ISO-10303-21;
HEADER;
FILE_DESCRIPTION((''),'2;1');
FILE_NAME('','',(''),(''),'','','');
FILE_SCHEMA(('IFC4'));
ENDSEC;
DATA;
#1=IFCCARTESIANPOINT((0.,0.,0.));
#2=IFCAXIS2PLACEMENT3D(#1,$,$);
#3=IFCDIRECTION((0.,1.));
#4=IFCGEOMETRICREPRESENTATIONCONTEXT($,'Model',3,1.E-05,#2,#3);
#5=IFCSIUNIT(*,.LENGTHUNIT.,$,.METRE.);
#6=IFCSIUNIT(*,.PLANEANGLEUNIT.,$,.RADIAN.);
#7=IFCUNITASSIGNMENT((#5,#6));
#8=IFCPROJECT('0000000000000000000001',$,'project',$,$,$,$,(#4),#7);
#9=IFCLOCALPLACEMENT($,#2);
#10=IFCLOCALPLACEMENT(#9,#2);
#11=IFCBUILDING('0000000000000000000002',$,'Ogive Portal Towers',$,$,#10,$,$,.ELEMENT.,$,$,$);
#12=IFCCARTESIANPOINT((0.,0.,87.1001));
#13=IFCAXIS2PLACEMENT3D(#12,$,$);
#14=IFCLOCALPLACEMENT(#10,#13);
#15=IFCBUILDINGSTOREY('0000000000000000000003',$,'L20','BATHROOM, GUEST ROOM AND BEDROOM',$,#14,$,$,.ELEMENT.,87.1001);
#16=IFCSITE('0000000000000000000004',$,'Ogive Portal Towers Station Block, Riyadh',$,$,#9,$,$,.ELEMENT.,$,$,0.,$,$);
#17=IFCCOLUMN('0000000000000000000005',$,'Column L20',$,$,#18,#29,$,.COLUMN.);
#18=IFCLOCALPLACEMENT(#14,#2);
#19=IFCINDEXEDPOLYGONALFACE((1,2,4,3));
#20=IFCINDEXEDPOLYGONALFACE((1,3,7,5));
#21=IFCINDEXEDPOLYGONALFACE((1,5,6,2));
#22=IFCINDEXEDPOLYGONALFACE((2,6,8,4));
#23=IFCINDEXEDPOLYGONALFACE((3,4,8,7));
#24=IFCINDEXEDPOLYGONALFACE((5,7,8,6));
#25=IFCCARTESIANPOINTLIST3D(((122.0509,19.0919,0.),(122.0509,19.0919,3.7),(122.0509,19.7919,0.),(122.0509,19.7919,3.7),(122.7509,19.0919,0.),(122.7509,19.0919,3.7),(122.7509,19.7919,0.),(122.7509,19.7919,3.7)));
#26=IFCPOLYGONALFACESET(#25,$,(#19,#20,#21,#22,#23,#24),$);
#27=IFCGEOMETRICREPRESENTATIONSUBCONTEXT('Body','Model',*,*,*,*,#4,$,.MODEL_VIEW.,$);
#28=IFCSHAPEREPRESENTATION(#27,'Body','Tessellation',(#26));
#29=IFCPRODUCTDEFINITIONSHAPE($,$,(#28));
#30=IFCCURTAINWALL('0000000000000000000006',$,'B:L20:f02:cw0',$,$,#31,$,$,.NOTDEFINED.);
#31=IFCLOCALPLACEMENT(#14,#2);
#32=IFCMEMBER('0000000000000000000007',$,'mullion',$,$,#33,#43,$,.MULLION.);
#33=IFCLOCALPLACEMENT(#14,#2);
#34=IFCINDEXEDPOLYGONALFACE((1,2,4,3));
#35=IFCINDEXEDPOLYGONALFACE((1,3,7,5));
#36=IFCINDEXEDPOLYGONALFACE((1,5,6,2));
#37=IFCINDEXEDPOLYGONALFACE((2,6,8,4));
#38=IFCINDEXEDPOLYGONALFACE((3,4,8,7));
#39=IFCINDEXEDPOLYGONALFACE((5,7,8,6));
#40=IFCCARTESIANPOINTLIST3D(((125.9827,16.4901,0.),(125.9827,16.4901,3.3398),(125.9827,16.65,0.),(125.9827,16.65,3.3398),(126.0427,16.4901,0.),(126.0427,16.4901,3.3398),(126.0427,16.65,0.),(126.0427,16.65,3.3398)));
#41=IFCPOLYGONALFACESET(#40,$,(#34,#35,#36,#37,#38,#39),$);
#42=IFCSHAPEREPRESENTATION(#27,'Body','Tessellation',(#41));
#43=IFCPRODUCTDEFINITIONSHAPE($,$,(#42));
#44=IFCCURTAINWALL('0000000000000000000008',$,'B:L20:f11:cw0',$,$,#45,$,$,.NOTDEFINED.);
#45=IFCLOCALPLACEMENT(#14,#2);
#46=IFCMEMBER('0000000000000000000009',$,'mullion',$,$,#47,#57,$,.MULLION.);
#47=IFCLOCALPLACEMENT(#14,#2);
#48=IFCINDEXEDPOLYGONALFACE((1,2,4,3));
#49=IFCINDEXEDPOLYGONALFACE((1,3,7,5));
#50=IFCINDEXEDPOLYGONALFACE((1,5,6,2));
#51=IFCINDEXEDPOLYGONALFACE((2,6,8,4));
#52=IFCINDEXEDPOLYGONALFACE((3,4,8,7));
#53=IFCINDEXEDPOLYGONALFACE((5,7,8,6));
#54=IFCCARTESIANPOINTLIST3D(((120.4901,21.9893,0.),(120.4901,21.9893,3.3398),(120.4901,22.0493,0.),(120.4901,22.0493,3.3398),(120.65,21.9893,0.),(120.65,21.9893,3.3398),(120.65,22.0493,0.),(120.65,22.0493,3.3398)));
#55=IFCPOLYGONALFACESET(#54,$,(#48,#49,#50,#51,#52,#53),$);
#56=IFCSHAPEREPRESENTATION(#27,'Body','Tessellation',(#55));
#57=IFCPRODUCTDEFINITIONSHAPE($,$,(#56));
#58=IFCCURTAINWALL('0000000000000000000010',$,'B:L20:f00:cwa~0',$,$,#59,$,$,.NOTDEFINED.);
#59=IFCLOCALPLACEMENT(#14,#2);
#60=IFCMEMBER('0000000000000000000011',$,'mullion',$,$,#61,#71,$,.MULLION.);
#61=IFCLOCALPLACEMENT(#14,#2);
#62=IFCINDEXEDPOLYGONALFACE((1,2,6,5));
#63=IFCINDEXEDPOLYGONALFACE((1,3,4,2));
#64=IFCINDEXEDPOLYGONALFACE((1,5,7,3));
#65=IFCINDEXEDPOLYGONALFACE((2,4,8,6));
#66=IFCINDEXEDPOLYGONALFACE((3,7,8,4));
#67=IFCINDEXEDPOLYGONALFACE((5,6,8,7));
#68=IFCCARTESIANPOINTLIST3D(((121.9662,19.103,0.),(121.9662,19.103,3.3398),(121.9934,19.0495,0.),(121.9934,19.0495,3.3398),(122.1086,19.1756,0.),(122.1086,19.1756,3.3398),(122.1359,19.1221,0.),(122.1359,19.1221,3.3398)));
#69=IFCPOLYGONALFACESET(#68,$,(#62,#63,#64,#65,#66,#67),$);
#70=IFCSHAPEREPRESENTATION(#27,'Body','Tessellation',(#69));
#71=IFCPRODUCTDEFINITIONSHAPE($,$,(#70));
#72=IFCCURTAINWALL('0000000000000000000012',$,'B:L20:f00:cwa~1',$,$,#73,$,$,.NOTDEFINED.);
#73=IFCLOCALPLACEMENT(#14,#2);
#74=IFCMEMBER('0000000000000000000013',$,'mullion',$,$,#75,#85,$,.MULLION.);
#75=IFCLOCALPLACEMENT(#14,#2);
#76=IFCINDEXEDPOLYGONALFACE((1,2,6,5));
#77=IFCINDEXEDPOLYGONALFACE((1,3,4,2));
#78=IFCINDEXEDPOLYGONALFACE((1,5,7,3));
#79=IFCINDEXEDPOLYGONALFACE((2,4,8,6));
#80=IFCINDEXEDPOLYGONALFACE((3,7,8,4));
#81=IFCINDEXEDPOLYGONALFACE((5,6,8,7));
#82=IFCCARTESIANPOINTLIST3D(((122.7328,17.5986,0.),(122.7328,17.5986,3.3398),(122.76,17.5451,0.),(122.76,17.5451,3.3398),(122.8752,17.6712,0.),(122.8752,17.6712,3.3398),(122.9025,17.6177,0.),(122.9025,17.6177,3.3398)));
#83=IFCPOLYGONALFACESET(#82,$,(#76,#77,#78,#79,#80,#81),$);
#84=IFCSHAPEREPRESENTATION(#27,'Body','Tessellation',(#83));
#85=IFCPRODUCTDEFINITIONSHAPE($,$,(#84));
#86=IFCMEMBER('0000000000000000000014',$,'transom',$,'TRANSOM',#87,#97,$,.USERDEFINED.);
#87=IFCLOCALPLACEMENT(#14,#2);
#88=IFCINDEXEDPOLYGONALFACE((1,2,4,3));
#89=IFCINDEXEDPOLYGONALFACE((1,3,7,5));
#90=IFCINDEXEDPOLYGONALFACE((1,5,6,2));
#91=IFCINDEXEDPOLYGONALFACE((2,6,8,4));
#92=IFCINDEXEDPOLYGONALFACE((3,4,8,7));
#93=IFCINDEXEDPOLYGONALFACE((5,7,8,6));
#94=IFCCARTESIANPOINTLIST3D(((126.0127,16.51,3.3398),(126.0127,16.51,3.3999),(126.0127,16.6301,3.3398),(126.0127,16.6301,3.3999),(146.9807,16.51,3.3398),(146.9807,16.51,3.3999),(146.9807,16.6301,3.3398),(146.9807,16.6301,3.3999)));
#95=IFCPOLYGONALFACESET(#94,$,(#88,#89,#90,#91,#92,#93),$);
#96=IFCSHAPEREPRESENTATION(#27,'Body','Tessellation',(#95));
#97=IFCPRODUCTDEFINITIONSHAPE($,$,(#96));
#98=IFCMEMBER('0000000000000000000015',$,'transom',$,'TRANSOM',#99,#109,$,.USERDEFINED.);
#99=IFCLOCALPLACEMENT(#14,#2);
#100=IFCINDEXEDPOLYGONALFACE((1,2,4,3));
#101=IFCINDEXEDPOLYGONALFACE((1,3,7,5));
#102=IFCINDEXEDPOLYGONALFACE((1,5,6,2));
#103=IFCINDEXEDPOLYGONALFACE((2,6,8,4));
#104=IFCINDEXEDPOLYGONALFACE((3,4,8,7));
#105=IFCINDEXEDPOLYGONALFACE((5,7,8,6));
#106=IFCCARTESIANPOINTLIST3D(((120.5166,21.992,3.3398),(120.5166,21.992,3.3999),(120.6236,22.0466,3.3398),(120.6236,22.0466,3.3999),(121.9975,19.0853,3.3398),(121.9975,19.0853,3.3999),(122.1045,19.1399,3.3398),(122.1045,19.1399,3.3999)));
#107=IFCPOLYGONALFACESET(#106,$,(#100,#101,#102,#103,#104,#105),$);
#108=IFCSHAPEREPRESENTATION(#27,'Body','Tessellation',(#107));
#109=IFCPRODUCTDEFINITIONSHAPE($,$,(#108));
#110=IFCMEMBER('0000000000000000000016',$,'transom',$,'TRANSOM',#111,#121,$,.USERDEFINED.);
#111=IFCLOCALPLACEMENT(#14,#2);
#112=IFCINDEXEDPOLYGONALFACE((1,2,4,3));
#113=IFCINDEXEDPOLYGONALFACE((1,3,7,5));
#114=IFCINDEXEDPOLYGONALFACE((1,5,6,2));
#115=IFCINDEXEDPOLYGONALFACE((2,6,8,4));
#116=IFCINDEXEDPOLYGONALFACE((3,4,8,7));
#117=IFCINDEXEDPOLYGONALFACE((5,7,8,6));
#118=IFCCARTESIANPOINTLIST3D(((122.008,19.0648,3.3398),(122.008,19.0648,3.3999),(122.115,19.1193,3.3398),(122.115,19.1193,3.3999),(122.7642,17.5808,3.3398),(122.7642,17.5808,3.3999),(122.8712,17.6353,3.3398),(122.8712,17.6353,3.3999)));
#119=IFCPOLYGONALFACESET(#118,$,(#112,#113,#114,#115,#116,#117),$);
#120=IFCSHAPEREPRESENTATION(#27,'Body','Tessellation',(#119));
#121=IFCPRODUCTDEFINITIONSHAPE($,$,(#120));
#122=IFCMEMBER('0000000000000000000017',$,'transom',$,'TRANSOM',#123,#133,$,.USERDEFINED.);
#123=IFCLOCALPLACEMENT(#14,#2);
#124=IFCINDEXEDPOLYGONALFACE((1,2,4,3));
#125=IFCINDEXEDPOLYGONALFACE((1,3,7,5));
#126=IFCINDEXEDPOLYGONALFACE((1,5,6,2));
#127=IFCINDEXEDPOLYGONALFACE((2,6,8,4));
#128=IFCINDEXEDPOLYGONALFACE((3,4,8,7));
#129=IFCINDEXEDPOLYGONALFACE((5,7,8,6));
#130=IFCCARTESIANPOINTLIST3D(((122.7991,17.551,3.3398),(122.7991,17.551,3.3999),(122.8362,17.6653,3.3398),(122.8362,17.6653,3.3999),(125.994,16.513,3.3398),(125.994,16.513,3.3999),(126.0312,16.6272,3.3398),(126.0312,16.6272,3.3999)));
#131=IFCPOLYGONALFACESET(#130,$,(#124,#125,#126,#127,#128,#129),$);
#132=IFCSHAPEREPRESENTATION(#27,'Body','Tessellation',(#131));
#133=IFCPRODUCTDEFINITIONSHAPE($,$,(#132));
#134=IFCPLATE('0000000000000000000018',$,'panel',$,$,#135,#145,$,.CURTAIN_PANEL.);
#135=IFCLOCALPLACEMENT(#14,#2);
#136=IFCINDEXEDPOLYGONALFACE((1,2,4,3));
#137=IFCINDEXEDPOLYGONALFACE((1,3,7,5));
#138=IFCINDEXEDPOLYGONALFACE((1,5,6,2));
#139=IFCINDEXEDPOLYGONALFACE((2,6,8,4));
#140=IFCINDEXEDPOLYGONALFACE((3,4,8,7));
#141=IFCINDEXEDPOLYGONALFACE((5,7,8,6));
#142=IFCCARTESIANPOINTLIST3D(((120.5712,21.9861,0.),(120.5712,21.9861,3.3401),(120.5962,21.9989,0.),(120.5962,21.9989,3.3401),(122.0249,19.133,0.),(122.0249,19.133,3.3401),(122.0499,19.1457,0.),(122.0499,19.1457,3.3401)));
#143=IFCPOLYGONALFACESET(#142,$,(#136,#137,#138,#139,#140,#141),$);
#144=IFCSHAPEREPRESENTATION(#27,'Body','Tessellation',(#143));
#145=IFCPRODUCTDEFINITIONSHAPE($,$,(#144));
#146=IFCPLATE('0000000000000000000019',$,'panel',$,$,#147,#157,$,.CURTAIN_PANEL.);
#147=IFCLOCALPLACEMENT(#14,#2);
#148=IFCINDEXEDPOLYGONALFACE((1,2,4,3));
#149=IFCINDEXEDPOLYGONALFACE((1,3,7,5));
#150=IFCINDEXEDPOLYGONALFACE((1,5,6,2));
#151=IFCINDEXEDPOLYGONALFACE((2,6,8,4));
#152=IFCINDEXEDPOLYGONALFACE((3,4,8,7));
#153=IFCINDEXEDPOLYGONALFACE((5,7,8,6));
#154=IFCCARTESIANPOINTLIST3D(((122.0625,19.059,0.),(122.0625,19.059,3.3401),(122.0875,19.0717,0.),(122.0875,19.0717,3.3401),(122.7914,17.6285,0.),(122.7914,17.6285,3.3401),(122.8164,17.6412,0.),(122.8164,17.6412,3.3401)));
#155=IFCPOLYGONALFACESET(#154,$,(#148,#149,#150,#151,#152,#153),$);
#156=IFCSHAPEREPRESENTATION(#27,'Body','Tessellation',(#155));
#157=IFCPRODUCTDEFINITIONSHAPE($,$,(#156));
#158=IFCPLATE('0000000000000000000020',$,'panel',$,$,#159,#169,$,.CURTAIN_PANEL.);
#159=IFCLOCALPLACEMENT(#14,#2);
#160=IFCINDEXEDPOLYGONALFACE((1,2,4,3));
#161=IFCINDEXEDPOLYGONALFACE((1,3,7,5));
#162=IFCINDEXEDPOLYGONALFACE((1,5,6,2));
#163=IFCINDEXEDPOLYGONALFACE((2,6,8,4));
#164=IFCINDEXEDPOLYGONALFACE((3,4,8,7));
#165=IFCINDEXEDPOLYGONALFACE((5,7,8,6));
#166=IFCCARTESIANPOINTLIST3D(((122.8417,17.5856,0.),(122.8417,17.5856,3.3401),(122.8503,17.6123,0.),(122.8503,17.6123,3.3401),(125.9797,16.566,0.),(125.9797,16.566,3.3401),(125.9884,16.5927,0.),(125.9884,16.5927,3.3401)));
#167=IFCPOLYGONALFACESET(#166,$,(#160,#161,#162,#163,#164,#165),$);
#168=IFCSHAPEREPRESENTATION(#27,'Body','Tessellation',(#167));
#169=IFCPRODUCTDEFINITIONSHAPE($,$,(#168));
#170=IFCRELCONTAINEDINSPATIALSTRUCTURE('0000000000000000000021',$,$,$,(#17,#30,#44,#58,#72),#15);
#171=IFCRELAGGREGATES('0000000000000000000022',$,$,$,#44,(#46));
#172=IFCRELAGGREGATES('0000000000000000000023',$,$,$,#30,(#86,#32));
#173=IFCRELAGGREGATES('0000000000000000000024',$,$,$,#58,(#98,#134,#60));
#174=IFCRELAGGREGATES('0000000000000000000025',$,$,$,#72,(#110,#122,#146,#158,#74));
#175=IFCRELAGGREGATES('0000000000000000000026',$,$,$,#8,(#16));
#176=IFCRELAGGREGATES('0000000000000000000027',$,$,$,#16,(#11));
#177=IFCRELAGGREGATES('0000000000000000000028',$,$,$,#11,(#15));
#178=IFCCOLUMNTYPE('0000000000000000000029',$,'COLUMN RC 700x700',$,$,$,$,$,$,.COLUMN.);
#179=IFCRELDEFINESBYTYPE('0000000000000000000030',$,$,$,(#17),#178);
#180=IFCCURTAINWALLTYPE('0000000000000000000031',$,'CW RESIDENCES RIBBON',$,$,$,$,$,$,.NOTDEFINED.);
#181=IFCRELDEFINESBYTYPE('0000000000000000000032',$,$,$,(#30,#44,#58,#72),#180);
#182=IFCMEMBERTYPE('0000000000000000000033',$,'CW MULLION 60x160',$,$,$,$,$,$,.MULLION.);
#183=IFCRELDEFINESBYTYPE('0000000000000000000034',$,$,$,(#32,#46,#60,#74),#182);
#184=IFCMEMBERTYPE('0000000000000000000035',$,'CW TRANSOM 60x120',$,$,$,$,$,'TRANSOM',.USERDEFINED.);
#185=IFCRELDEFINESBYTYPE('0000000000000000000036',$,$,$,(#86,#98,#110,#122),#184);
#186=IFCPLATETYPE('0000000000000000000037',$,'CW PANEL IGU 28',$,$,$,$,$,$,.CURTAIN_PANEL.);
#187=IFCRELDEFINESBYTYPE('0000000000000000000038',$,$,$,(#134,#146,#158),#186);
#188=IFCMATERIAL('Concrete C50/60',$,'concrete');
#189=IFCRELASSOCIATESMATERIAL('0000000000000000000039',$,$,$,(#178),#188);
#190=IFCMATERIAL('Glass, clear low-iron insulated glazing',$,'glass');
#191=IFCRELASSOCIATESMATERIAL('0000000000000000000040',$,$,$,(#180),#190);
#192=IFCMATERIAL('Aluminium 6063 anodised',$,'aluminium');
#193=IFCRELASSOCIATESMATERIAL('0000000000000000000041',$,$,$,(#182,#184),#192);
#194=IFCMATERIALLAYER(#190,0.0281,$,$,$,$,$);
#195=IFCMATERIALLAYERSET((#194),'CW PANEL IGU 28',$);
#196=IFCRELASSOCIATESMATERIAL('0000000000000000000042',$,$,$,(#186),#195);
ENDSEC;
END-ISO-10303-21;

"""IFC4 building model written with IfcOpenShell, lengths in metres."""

from ifc_helpers import new_model, si_unit, direction, frame, origin, origin_2d, place, context, subcontext, project, spatial, rectangle, extrude, material, layer, layer_set, material_profile, profile_set, type_object, element, aggregate, save


model = new_model("IFC4")

# Units and contexts
model_context = context("Model", 3, precision=1e-05, world=origin(), true_north=direction((0.0, 1.0)))
body_context = subcontext(model_context, "Body", "Model", "MODEL_VIEW")
ifc_project = project(units=[si_unit("LENGTHUNIT", "METRE"), si_unit("PLANEANGLEUNIT", "RADIAN")], contexts=[model_context])

# Site, building, storey
site_placement = place(None, origin())
site = spatial("IfcSite", under=ifc_project, at=site_placement, Name="Ogive Portal Towers Station Block, Riyadh", CompositionType="ELEMENT", RefElevation=0.0)
building_placement = place(site_placement, origin())
building = spatial("IfcBuilding", under=site, at=building_placement, Name="Ogive Portal Towers", CompositionType="ELEMENT")
storey_placement = place(building_placement, frame((0.0, 0.0, 87.1001)))
storey = spatial("IfcBuildingStorey", under=building, at=storey_placement, Name="L20", Description="BATHROOM, GUEST ROOM AND BEDROOM", CompositionType="ELEMENT", Elevation=87.1001)

# Column
ifc_material_1 = material(Name="Concrete C50/60", Category="concrete")
ifc_material_profile_1 = material_profile(ifc_material_1, rectangle(XDim=0.7, YDim=0.7, at=origin_2d()), Name="RC 700x700")
ifc_profile_set_1 = profile_set([ifc_material_profile_1], Name="Concrete C50/60")
column_type = type_object("IfcColumnType", Name="COLUMN RC 700x700", PredefinedType="COLUMN", material=ifc_profile_set_1)
column_placement = place(storey_placement, frame((122.4009, 19.4419, 0.0), z_axis=(0.0, 0.0, 1.0), x_axis=(1.0, 0.0, 0.0)))
element("IfcColumn", 1, at=column_placement, inside=storey, type_object=column_type, Name="Column L20", PredefinedType="COLUMN", context=body_context, shape_type="SweptSolid", body=[
    extrude(rectangle(XDim=0.7, YDim=0.7, at=origin_2d()), origin(), (0.0, 0.0, 1.0), 3.7),
])

# Curtain walls, members
ifc_material_2 = material(Name="Glass, clear low-iron insulated glazing", Category="glass")
curtain_wall_type = type_object("IfcCurtainWallType", Name="CW RESIDENCES RIBBON", PredefinedType="NOTDEFINED", material=ifc_material_2)
curtain_wall_1_placement = place(storey_placement, origin())
curtain_wall_1 = element("IfcCurtainWall", 2, at=curtain_wall_1_placement, inside=storey, type_object=curtain_wall_type, Name="B:L20:f02:cw0", PredefinedType="NOTDEFINED")
ifc_material_3 = material(Name="Aluminium 6063 anodised", Category="aluminium")
ifc_material_profile_2 = material_profile(ifc_material_3, rectangle(XDim=0.1599, YDim=0.0601, at=origin_2d()), Name="AL 60x160")
ifc_profile_set_2 = profile_set([ifc_material_profile_2], Name="Aluminium 6063 anodised")
member_type_1 = type_object("IfcMemberType", Name="CW MULLION 60x160", PredefinedType="MULLION", material=ifc_profile_set_2)
member_1_placement = place(storey_placement, frame((126.0127, 16.5701, 0.0), z_axis=(0.0, 0.0, 1.0), x_axis=(0.0, 1.0, 0.0)))
member_1 = element("IfcMember", 3, at=member_1_placement, type_object=member_type_1, Name="mullion", PredefinedType="MULLION", context=body_context, shape_type="SweptSolid", body=[
    extrude(rectangle(XDim=0.1599, YDim=0.0601, at=origin_2d()), origin(), (0.0, 0.0, 1.0), 3.3398),
])
curtain_wall_2_placement = place(storey_placement, origin())
curtain_wall_2 = element("IfcCurtainWall", 4, at=curtain_wall_2_placement, inside=storey, type_object=curtain_wall_type, Name="B:L20:f11:cw0", PredefinedType="NOTDEFINED")
member_2_placement = place(storey_placement, frame((120.5701, 22.0193, 0.0), z_axis=(0.0, 0.0, 1.0), x_axis=(1.0, 0.0, 0.0)))
member_2 = element("IfcMember", 5, at=member_2_placement, type_object=member_type_1, Name="mullion", PredefinedType="MULLION", context=body_context, shape_type="SweptSolid", body=[
    extrude(rectangle(XDim=0.1599, YDim=0.0601, at=origin_2d()), origin(), (0.0, 0.0, 1.0), 3.3398),
])
aggregate(curtain_wall_2, [member_2])
curtain_wall_3_placement = place(storey_placement, origin())
curtain_wall_3 = element("IfcCurtainWall", 6, at=curtain_wall_3_placement, inside=storey, type_object=curtain_wall_type, Name="B:L20:f00:cwa~0", PredefinedType="NOTDEFINED")
member_3_placement = place(storey_placement, frame((122.051, 19.1125, 0.0), z_axis=(0.0, 0.0, 1.0), x_axis=(0.891007, 0.45399, 0.0)))
member_3 = element("IfcMember", 7, at=member_3_placement, type_object=member_type_1, Name="mullion", PredefinedType="MULLION", context=body_context, shape_type="SweptSolid", body=[
    extrude(rectangle(XDim=0.1599, YDim=0.0601, at=origin_2d()), origin(), (0.0, 0.0, 1.0), 3.3398),
])
curtain_wall_4_placement = place(storey_placement, origin())
curtain_wall_4 = element("IfcCurtainWall", 8, at=curtain_wall_4_placement, inside=storey, type_object=curtain_wall_type, Name="B:L20:f00:cwa~1", PredefinedType="NOTDEFINED")
member_4_placement = place(storey_placement, frame((122.8176, 17.6082, 0.0), z_axis=(0.0, 0.0, 1.0), x_axis=(0.891007, 0.45399, 0.0)))
member_4 = element("IfcMember", 9, at=member_4_placement, type_object=member_type_1, Name="mullion", PredefinedType="MULLION", context=body_context, shape_type="SweptSolid", body=[
    extrude(rectangle(XDim=0.1599, YDim=0.0601, at=origin_2d()), origin(), (0.0, 0.0, 1.0), 3.3398),
])

# Members
ifc_material_profile_3 = material_profile(ifc_material_3, rectangle(XDim=0.1201, YDim=0.0601, at=origin_2d()), Name="AL 120x60")
ifc_profile_set_3 = profile_set([ifc_material_profile_3], Name="Aluminium 6063 anodised")
member_type_2 = type_object("IfcMemberType", Name="CW TRANSOM 60x120", ElementType="TRANSOM", PredefinedType="USERDEFINED", material=ifc_profile_set_3)
member_5_placement = place(storey_placement, frame((126.0127, 16.5701, 3.3699), z_axis=(1.0, 0.0, 0.0), x_axis=(0.0, 1.0, 0.0)))
member_5 = element("IfcMember", 10, at=member_5_placement, type_object=member_type_2, Name="transom", ObjectType="TRANSOM", PredefinedType="USERDEFINED", context=body_context, shape_type="SweptSolid", body=[
    extrude(rectangle(XDim=0.1201, YDim=0.0601, at=origin_2d()), origin(), (0.0, 0.0, 1.0), 20.968),
])
aggregate(curtain_wall_1, [member_5, member_1])
member_6_placement = place(storey_placement, frame((120.5701, 22.0193, 3.3699), z_axis=(0.453966, -0.891019, 0.0), x_axis=(0.891019, 0.453966, 0.0)))
member_6 = element("IfcMember", 11, at=member_6_placement, type_object=member_type_2, Name="transom", ObjectType="TRANSOM", PredefinedType="USERDEFINED", context=body_context, shape_type="SweptSolid", body=[
    extrude(rectangle(XDim=0.1201, YDim=0.0601, at=origin_2d()), origin(), (0.0, 0.0, 1.0), 3.2622),
])
member_7_placement = place(storey_placement, frame((122.0615, 19.092, 3.3699), z_axis=(0.454003, -0.891, 0.0), x_axis=(0.891, 0.454003, 0.0)))
member_7 = element("IfcMember", 12, at=member_7_placement, type_object=member_type_2, Name="transom", ObjectType="TRANSOM", PredefinedType="USERDEFINED", context=body_context, shape_type="SweptSolid", body=[
    extrude(rectangle(XDim=0.1201, YDim=0.0601, at=origin_2d()), origin(), (0.0, 0.0, 1.0), 1.6655),
])
member_8_placement = place(storey_placement, frame((122.8176, 17.6082, 3.3699), z_axis=(0.951061, -0.309002, 0.0), x_axis=(0.309002, 0.951061, 0.0)))
member_8 = element("IfcMember", 13, at=member_8_placement, type_object=member_type_2, Name="transom", ObjectType="TRANSOM", PredefinedType="USERDEFINED", context=body_context, shape_type="SweptSolid", body=[
    extrude(rectangle(XDim=0.1201, YDim=0.0601, at=origin_2d()), origin(), (0.0, 0.0, 1.0), 3.3594),
])

# Plates
ifc_layer_1 = layer(ifc_material_2, 0.0281)
ifc_layer_set_1 = layer_set([ifc_layer_1], Name="CW PANEL IGU 28")
plate_type = type_object("IfcPlateType", Name="CW PANEL IGU 28", PredefinedType="CURTAIN_PANEL", material=ifc_layer_set_1)
plate_1_placement = place(storey_placement, frame((121.3105, 20.5659, 0.0), z_axis=(0.0, 0.0, 1.0), x_axis=(0.45399, -0.891007, 0.0)))
plate_1 = element("IfcPlate", 14, at=plate_1_placement, type_object=plate_type, Name="panel", PredefinedType="CURTAIN_PANEL", context=body_context, shape_type="SweptSolid", body=[
    extrude(rectangle(XDim=3.2021, YDim=0.0281, at=origin_2d()), origin(), (0.0, 0.0, 1.0), 3.3401),
])
aggregate(curtain_wall_3, [member_6, plate_1, member_3])
plate_2_placement = place(storey_placement, frame((122.4395, 18.3501, 0.0), z_axis=(0.0, 0.0, 1.0), x_axis=(0.45399, -0.891007, 0.0)))
plate_2 = element("IfcPlate", 15, at=plate_2_placement, type_object=plate_type, Name="panel", PredefinedType="CURTAIN_PANEL", context=body_context, shape_type="SweptSolid", body=[
    extrude(rectangle(XDim=1.6055, YDim=0.0281, at=origin_2d()), origin(), (0.0, 0.0, 1.0), 3.3401),
])
plate_3_placement = place(storey_placement, frame((124.415, 17.0891, 0.0), z_axis=(0.0, 0.0, 1.0), x_axis=(0.951057, -0.309017, 0.0)))
plate_3 = element("IfcPlate", 16, at=plate_3_placement, type_object=plate_type, Name="panel", PredefinedType="CURTAIN_PANEL", context=body_context, shape_type="SweptSolid", body=[
    extrude(rectangle(XDim=3.2996, YDim=0.0281, at=origin_2d()), origin(), (0.0, 0.0, 1.0), 3.3401),
])
aggregate(curtain_wall_4, [member_7, member_8, plate_2, plate_3, member_4])

save(model, "model.ifc")
